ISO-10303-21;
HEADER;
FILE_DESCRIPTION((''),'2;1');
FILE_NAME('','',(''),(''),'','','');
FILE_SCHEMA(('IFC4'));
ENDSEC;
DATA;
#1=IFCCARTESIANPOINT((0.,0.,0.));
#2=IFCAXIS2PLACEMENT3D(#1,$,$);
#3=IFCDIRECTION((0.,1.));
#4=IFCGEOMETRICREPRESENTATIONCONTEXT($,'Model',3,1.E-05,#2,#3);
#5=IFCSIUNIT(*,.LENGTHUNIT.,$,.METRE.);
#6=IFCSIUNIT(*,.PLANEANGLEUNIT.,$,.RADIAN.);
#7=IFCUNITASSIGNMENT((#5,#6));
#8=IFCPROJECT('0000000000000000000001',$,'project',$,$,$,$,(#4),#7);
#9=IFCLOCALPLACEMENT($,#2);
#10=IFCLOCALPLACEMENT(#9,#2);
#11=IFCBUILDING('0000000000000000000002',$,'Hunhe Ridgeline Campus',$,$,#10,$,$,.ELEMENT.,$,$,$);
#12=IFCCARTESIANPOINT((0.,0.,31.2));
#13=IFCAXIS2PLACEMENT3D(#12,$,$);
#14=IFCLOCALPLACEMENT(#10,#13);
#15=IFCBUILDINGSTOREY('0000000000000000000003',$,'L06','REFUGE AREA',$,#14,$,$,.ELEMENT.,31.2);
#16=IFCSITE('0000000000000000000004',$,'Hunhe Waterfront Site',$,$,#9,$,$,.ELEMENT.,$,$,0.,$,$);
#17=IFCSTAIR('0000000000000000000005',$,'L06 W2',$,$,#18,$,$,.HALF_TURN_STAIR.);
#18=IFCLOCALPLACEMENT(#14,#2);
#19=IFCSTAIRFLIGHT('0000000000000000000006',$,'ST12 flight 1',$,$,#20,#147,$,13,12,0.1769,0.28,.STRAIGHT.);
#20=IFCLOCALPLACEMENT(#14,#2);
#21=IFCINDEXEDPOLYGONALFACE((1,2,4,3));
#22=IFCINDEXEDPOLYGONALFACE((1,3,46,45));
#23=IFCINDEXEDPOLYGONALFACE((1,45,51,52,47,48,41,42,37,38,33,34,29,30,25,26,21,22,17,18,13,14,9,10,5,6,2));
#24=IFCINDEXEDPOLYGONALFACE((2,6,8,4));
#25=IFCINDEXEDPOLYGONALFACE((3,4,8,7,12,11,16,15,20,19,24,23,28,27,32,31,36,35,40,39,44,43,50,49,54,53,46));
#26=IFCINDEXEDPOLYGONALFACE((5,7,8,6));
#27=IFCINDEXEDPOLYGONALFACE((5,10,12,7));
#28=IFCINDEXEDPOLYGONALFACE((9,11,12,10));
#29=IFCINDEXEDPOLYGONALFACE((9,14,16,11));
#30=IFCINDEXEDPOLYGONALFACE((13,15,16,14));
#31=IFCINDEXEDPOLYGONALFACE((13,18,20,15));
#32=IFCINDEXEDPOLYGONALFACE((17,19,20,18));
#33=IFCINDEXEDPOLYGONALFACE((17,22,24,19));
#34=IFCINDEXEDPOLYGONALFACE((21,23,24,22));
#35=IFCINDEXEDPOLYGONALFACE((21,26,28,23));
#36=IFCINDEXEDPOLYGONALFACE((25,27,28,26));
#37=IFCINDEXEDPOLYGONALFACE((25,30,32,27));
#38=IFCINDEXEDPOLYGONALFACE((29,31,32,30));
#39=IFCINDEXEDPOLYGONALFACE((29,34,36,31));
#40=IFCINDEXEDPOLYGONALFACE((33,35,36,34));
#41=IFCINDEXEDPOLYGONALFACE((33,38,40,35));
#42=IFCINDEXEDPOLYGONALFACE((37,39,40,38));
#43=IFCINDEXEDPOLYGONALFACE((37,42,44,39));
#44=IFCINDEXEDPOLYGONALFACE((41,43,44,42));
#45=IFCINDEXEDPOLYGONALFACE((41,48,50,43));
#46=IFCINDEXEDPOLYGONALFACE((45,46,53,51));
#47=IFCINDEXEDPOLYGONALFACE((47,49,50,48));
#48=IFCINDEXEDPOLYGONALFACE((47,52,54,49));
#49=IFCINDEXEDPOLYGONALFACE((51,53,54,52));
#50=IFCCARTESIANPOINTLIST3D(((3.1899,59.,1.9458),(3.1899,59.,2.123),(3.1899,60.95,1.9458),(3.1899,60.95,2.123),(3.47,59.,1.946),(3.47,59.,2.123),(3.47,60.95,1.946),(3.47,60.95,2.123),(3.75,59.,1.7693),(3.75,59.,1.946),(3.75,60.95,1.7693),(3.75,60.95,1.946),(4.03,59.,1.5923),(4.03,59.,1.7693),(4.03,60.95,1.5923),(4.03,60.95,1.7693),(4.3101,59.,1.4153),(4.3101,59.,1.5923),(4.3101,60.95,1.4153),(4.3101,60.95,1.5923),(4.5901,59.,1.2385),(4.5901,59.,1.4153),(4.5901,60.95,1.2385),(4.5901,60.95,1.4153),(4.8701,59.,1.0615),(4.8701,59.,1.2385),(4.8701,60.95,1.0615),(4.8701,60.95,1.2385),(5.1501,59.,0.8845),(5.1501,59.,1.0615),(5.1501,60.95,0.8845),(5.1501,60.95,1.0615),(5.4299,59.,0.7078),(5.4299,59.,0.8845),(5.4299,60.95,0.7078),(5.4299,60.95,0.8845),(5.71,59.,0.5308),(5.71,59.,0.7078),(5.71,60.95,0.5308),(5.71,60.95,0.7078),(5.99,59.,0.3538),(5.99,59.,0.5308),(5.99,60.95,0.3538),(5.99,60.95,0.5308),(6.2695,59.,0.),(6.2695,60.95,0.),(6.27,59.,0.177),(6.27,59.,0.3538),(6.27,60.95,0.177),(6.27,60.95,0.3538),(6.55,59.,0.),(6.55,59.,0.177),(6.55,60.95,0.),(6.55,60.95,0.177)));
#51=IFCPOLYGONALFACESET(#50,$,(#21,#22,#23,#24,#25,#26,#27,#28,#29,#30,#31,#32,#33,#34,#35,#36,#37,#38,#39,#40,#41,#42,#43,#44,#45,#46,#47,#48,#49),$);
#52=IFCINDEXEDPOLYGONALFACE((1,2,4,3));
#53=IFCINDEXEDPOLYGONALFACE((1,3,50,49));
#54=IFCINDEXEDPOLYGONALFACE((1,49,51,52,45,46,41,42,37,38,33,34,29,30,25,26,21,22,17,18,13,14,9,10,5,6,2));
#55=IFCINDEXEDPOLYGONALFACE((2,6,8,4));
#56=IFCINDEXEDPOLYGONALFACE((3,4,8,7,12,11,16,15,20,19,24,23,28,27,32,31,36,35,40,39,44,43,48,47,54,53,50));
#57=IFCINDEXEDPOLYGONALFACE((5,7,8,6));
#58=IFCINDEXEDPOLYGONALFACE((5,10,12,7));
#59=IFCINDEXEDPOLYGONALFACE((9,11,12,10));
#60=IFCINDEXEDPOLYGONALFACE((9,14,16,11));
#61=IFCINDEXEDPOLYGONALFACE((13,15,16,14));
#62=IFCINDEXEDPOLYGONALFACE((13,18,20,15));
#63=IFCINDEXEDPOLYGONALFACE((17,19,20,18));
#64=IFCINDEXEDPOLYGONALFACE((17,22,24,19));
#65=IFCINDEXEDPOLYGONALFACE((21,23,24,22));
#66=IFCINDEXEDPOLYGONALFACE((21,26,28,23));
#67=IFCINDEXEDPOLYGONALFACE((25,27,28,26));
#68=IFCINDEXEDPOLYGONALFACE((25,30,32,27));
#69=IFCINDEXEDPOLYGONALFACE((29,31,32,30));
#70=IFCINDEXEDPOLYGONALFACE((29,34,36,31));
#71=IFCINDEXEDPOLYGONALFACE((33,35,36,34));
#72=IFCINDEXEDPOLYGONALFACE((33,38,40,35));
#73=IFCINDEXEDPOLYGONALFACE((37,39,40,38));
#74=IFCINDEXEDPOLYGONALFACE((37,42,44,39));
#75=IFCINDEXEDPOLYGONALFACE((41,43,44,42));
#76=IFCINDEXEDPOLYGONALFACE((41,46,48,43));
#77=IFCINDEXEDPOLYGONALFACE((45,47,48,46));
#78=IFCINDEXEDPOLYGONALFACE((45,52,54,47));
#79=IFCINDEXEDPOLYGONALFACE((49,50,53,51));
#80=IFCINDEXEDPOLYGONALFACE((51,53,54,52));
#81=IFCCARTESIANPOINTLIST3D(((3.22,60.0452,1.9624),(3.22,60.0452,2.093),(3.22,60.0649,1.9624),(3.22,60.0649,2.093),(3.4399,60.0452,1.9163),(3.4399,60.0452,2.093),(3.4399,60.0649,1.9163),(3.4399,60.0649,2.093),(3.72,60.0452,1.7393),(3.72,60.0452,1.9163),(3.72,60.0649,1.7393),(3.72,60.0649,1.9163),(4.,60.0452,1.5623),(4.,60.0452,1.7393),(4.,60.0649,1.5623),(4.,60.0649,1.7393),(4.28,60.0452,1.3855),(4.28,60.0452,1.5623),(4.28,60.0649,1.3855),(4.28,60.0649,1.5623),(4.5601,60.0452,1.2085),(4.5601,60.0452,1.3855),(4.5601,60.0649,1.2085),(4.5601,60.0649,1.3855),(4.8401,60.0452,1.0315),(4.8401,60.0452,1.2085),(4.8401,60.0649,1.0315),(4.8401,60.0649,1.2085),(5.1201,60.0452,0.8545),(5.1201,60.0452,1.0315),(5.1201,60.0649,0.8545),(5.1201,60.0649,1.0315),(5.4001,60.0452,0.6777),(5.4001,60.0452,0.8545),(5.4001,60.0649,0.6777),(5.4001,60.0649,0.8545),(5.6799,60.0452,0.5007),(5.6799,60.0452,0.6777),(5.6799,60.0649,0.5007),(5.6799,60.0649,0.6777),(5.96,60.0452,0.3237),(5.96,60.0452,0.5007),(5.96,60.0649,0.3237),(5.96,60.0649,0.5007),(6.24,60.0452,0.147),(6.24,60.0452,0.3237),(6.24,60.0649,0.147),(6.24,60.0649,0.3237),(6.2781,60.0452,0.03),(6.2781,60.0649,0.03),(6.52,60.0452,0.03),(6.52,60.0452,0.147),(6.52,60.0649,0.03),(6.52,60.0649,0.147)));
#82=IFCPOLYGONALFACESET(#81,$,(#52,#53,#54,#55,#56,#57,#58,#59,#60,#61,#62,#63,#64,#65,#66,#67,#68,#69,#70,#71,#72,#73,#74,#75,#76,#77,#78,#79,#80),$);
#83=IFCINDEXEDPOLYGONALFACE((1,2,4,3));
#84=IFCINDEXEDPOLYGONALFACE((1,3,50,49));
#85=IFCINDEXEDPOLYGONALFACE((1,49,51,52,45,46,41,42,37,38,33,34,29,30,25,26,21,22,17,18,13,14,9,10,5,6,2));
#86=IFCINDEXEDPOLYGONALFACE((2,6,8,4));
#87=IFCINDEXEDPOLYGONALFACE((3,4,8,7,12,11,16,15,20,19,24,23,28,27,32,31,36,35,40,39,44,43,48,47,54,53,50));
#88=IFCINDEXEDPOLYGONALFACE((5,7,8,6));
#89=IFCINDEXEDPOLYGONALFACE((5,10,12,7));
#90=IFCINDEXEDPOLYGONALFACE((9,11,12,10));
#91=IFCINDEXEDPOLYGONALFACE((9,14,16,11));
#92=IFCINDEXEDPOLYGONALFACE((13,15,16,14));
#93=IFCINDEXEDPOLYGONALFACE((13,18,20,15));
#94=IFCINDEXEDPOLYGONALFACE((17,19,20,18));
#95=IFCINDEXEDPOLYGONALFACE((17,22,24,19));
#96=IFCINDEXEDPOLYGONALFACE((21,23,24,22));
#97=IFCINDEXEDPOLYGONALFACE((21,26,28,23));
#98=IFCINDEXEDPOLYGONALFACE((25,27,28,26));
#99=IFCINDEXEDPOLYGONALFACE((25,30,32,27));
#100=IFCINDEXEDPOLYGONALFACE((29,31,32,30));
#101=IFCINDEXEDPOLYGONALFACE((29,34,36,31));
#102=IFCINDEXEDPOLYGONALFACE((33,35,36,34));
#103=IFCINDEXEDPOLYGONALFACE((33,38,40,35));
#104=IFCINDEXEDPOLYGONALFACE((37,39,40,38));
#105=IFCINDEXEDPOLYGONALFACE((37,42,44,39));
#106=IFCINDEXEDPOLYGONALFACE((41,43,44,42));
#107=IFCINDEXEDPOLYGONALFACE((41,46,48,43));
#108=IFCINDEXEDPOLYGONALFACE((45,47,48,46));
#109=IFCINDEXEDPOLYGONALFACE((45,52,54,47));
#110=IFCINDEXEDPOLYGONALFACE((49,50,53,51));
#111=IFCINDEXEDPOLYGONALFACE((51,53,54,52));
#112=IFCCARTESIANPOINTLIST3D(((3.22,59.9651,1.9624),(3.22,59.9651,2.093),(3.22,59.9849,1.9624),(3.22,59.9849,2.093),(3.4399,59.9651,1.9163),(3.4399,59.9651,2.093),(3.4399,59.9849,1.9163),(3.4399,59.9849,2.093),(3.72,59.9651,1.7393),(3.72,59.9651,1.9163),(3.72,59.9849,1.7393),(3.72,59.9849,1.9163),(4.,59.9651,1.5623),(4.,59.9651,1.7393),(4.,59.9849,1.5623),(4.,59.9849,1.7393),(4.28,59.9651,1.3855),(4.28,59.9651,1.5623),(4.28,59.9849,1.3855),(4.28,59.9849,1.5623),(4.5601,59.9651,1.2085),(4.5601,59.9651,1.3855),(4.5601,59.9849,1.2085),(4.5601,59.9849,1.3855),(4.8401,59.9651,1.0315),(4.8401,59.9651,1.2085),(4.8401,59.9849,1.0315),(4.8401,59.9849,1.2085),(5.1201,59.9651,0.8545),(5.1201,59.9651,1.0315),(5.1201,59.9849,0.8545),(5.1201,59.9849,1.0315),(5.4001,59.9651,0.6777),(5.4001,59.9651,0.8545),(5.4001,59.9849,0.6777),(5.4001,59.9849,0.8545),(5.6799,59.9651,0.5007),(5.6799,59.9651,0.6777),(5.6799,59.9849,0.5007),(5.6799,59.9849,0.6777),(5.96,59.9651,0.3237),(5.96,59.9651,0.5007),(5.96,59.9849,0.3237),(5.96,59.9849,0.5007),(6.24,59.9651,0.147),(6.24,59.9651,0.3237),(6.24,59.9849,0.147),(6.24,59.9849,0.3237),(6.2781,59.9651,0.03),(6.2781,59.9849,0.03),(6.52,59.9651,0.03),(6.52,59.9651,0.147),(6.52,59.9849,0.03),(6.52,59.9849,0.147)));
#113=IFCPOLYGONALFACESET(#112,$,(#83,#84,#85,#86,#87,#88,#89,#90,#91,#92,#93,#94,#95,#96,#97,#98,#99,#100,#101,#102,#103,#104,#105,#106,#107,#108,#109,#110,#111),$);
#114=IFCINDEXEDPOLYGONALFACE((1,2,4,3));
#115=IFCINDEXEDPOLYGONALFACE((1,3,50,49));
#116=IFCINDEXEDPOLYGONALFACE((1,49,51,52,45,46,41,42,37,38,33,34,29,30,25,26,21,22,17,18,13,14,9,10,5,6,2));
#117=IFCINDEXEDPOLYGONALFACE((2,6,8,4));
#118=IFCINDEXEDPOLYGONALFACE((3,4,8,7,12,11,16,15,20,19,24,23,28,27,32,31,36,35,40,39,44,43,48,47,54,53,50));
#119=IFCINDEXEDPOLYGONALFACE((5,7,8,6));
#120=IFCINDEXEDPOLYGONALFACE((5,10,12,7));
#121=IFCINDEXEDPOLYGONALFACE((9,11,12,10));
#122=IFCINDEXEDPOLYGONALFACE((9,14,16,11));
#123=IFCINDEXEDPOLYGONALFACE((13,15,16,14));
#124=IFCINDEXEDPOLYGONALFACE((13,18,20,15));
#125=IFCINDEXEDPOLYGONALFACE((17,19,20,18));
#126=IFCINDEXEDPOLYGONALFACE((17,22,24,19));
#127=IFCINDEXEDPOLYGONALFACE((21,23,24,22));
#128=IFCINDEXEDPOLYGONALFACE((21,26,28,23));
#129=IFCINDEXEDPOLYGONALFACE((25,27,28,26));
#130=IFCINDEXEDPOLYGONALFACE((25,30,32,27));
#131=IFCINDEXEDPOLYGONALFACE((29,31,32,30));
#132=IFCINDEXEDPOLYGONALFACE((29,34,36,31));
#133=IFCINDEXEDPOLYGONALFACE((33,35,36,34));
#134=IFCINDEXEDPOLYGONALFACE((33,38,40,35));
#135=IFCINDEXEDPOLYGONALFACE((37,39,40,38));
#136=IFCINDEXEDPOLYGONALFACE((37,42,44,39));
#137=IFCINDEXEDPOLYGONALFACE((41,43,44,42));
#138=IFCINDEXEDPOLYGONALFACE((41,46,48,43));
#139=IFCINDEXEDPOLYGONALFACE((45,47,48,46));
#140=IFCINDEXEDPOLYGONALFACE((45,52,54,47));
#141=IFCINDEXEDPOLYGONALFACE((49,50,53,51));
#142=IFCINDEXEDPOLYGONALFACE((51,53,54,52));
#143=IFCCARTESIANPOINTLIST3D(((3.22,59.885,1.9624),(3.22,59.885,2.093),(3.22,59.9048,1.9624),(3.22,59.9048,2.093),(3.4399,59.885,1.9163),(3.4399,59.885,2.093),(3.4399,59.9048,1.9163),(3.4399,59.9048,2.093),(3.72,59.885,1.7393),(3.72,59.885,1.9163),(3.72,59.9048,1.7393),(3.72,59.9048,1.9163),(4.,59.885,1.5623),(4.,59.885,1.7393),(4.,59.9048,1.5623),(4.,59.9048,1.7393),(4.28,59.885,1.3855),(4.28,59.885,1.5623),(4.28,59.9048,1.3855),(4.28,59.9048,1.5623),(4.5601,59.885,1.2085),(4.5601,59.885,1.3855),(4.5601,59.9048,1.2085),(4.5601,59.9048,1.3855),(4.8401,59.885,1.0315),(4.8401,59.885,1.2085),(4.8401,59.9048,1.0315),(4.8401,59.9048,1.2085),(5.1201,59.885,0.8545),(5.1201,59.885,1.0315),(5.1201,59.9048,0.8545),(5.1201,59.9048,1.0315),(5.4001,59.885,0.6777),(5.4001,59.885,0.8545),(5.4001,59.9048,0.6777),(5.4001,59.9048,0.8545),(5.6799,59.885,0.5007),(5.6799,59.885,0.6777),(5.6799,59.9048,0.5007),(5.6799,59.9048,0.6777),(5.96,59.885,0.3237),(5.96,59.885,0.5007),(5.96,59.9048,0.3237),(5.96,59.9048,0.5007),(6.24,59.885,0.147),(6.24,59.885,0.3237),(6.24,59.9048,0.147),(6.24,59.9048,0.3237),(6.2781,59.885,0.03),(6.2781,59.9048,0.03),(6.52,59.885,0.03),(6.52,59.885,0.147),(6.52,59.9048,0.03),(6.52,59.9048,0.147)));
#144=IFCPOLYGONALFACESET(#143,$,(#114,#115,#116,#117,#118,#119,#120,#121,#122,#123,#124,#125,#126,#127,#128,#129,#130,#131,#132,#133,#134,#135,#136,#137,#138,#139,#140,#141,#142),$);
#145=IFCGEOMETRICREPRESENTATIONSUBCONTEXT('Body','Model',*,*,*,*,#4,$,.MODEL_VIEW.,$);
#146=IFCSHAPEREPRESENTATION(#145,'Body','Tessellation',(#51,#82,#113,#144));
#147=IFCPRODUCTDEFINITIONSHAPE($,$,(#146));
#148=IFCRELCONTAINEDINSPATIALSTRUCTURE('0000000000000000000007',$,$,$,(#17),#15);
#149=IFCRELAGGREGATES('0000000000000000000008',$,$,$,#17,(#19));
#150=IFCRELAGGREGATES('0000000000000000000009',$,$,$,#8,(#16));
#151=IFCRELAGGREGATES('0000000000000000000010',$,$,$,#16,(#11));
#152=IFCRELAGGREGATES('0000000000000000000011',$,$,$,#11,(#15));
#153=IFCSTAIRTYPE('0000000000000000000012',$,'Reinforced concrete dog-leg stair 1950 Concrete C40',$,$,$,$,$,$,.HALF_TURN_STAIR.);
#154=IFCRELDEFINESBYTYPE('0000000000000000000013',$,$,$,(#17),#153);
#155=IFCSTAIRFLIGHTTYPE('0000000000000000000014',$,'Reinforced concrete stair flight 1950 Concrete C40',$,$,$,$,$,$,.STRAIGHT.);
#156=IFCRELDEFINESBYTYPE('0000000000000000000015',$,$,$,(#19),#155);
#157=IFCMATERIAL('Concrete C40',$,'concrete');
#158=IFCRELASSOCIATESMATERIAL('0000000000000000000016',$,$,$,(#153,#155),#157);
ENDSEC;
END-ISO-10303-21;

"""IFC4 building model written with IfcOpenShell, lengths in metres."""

from ifc_helpers import new_model, si_unit, direction, frame, origin, place, context, subcontext, project, spatial, polyline, outline, extrude, material, type_object, element, aggregate, save


model = new_model("IFC4")

# Units and contexts
model_context = context("Model", 3, precision=1e-05, world=origin(), true_north=direction((0.0, 1.0)))
body_context = subcontext(model_context, "Body", "Model", "MODEL_VIEW")
ifc_project = project(units=[si_unit("LENGTHUNIT", "METRE"), si_unit("PLANEANGLEUNIT", "RADIAN")], contexts=[model_context])

# Site, building, storey
site_placement = place(None, origin())
site = spatial("IfcSite", under=ifc_project, at=site_placement, Name="Hunhe Waterfront Site", CompositionType="ELEMENT", RefElevation=0.0)
building_placement = place(site_placement, origin())
building = spatial("IfcBuilding", under=site, at=building_placement, Name="Hunhe Ridgeline Campus", CompositionType="ELEMENT")
storey_placement = place(building_placement, frame((0.0, 0.0, 31.2)))
storey = spatial("IfcBuildingStorey", under=building, at=storey_placement, Name="L06", Description="REFUGE AREA", CompositionType="ELEMENT", Elevation=31.2)

# Shared definitions
ifc_material_1 = material(Name="Concrete C40", Category="concrete")
stair_type = type_object("IfcStairType", Name="Reinforced concrete dog-leg stair 1950 Concrete C40", PredefinedType="HALF_TURN_STAIR", material=ifc_material_1)
stair_flight_type = type_object("IfcStairFlightType", Name="Reinforced concrete stair flight 1950 Concrete C40", PredefinedType="STRAIGHT", material=ifc_material_1)

# Stair, stair flight
stair_1_placement = place(storey_placement, origin())
stair_1 = element("IfcStair", 1, at=stair_1_placement, inside=storey, type_object=stair_type, Name="L06 W2", PredefinedType="HALF_TURN_STAIR")
stair_flight_1_placement = place(storey_placement, frame((6.55, 59.9751, 0.0), z_axis=(0.0, 0.0, 1.0), x_axis=(-1.0, 0.0, 0.0)))
stair_flight_1 = element("IfcStairFlight", 2, at=stair_flight_1_placement, type_object=stair_flight_type, Name="ST12 flight 1", NumberOfRisers=13, NumberOfTreads=12, PredefinedType="STRAIGHT", RiserHeight=0.1769, TreadLength=0.28, context=body_context, shape_type="SweptSolid", body=[
    extrude(outline(polyline([(0.0, 0.0), (0.0, 0.177), (0.28, 0.177), (0.28, 0.3538), (0.5601, 0.3538), (0.5601, 0.5308), (0.8401, 0.5308), (0.8401, 0.7078), (1.1201, 0.7078), (1.1201, 0.8845), (1.3999, 0.8845), (1.3999, 1.0615), (1.6799, 1.0615), (1.6799, 1.2385), (1.96, 1.2385), (1.96, 1.4153), (2.24, 1.4153), (2.24, 1.5923), (2.52, 1.5923), (2.52, 1.7693), (2.8, 1.7693), (2.8, 1.946), (3.0801, 1.946), (3.0801, 2.123), (3.3601, 2.123), (3.3601, 2.3), (3.3601, 1.9458), (0.2805, 0.0), (0.0, 0.0)])), frame((0.0, 0.9751, 0.0), z_axis=(0.0, -1.0, 0.0), x_axis=(1.0, 0.0, 0.0)), (0.0, 0.0, 1.0), 1.95),
    extrude(outline(polyline([(0.03, 0.03), (0.03, 0.147), (0.3101, 0.147), (0.3101, 0.3237), (0.5901, 0.3237), (0.5901, 0.5007), (0.8701, 0.5007), (0.8701, 0.6777), (1.1499, 0.6777), (1.1499, 0.8545), (1.4299, 0.8545), (1.4299, 1.0315), (1.71, 1.0315), (1.71, 1.2085), (1.99, 1.2085), (1.99, 1.3855), (2.27, 1.3855), (2.27, 1.5623), (2.55, 1.5623), (2.55, 1.7393), (2.8301, 1.7393), (2.8301, 1.9163), (3.1101, 1.9163), (3.1101, 2.093), (3.3301, 2.093), (3.3301, 1.9624), (0.272, 0.03), (0.03, 0.03)])), frame((0.0, -0.0701, 0.0), z_axis=(0.0, -1.0, 0.0), x_axis=(1.0, 0.0, 0.0)), (0.0, 0.0, 1.0), 0.0198),
    extrude(outline(polyline([(0.03, 0.03), (0.03, 0.147), (0.3101, 0.147), (0.3101, 0.3237), (0.5901, 0.3237), (0.5901, 0.5007), (0.8701, 0.5007), (0.8701, 0.6777), (1.1499, 0.6777), (1.1499, 0.8545), (1.4299, 0.8545), (1.4299, 1.0315), (1.71, 1.0315), (1.71, 1.2085), (1.99, 1.2085), (1.99, 1.3855), (2.27, 1.3855), (2.27, 1.5623), (2.55, 1.5623), (2.55, 1.7393), (2.8301, 1.7393), (2.8301, 1.9163), (3.1101, 1.9163), (3.1101, 2.093), (3.3301, 2.093), (3.3301, 1.9624), (0.272, 0.03), (0.03, 0.03)])), frame((0.0, 0.01, 0.0), z_axis=(0.0, -1.0, 0.0), x_axis=(1.0, 0.0, 0.0)), (0.0, 0.0, 1.0), 0.0198),
    extrude(outline(polyline([(0.03, 0.03), (0.03, 0.147), (0.3101, 0.147), (0.3101, 0.3237), (0.5901, 0.3237), (0.5901, 0.5007), (0.8701, 0.5007), (0.8701, 0.6777), (1.1499, 0.6777), (1.1499, 0.8545), (1.4299, 0.8545), (1.4299, 1.0315), (1.71, 1.0315), (1.71, 1.2085), (1.99, 1.2085), (1.99, 1.3855), (2.27, 1.3855), (2.27, 1.5623), (2.55, 1.5623), (2.55, 1.7393), (2.8301, 1.7393), (2.8301, 1.9163), (3.1101, 1.9163), (3.1101, 2.093), (3.3301, 2.093), (3.3301, 1.9624), (0.272, 0.03), (0.03, 0.03)])), frame((0.0, 0.0901, 0.0), z_axis=(0.0, -1.0, 0.0), x_axis=(1.0, 0.0, 0.0)), (0.0, 0.0, 1.0), 0.0198),
])
aggregate(stair_1, [stair_flight_1])

save(model, "model.ifc")
